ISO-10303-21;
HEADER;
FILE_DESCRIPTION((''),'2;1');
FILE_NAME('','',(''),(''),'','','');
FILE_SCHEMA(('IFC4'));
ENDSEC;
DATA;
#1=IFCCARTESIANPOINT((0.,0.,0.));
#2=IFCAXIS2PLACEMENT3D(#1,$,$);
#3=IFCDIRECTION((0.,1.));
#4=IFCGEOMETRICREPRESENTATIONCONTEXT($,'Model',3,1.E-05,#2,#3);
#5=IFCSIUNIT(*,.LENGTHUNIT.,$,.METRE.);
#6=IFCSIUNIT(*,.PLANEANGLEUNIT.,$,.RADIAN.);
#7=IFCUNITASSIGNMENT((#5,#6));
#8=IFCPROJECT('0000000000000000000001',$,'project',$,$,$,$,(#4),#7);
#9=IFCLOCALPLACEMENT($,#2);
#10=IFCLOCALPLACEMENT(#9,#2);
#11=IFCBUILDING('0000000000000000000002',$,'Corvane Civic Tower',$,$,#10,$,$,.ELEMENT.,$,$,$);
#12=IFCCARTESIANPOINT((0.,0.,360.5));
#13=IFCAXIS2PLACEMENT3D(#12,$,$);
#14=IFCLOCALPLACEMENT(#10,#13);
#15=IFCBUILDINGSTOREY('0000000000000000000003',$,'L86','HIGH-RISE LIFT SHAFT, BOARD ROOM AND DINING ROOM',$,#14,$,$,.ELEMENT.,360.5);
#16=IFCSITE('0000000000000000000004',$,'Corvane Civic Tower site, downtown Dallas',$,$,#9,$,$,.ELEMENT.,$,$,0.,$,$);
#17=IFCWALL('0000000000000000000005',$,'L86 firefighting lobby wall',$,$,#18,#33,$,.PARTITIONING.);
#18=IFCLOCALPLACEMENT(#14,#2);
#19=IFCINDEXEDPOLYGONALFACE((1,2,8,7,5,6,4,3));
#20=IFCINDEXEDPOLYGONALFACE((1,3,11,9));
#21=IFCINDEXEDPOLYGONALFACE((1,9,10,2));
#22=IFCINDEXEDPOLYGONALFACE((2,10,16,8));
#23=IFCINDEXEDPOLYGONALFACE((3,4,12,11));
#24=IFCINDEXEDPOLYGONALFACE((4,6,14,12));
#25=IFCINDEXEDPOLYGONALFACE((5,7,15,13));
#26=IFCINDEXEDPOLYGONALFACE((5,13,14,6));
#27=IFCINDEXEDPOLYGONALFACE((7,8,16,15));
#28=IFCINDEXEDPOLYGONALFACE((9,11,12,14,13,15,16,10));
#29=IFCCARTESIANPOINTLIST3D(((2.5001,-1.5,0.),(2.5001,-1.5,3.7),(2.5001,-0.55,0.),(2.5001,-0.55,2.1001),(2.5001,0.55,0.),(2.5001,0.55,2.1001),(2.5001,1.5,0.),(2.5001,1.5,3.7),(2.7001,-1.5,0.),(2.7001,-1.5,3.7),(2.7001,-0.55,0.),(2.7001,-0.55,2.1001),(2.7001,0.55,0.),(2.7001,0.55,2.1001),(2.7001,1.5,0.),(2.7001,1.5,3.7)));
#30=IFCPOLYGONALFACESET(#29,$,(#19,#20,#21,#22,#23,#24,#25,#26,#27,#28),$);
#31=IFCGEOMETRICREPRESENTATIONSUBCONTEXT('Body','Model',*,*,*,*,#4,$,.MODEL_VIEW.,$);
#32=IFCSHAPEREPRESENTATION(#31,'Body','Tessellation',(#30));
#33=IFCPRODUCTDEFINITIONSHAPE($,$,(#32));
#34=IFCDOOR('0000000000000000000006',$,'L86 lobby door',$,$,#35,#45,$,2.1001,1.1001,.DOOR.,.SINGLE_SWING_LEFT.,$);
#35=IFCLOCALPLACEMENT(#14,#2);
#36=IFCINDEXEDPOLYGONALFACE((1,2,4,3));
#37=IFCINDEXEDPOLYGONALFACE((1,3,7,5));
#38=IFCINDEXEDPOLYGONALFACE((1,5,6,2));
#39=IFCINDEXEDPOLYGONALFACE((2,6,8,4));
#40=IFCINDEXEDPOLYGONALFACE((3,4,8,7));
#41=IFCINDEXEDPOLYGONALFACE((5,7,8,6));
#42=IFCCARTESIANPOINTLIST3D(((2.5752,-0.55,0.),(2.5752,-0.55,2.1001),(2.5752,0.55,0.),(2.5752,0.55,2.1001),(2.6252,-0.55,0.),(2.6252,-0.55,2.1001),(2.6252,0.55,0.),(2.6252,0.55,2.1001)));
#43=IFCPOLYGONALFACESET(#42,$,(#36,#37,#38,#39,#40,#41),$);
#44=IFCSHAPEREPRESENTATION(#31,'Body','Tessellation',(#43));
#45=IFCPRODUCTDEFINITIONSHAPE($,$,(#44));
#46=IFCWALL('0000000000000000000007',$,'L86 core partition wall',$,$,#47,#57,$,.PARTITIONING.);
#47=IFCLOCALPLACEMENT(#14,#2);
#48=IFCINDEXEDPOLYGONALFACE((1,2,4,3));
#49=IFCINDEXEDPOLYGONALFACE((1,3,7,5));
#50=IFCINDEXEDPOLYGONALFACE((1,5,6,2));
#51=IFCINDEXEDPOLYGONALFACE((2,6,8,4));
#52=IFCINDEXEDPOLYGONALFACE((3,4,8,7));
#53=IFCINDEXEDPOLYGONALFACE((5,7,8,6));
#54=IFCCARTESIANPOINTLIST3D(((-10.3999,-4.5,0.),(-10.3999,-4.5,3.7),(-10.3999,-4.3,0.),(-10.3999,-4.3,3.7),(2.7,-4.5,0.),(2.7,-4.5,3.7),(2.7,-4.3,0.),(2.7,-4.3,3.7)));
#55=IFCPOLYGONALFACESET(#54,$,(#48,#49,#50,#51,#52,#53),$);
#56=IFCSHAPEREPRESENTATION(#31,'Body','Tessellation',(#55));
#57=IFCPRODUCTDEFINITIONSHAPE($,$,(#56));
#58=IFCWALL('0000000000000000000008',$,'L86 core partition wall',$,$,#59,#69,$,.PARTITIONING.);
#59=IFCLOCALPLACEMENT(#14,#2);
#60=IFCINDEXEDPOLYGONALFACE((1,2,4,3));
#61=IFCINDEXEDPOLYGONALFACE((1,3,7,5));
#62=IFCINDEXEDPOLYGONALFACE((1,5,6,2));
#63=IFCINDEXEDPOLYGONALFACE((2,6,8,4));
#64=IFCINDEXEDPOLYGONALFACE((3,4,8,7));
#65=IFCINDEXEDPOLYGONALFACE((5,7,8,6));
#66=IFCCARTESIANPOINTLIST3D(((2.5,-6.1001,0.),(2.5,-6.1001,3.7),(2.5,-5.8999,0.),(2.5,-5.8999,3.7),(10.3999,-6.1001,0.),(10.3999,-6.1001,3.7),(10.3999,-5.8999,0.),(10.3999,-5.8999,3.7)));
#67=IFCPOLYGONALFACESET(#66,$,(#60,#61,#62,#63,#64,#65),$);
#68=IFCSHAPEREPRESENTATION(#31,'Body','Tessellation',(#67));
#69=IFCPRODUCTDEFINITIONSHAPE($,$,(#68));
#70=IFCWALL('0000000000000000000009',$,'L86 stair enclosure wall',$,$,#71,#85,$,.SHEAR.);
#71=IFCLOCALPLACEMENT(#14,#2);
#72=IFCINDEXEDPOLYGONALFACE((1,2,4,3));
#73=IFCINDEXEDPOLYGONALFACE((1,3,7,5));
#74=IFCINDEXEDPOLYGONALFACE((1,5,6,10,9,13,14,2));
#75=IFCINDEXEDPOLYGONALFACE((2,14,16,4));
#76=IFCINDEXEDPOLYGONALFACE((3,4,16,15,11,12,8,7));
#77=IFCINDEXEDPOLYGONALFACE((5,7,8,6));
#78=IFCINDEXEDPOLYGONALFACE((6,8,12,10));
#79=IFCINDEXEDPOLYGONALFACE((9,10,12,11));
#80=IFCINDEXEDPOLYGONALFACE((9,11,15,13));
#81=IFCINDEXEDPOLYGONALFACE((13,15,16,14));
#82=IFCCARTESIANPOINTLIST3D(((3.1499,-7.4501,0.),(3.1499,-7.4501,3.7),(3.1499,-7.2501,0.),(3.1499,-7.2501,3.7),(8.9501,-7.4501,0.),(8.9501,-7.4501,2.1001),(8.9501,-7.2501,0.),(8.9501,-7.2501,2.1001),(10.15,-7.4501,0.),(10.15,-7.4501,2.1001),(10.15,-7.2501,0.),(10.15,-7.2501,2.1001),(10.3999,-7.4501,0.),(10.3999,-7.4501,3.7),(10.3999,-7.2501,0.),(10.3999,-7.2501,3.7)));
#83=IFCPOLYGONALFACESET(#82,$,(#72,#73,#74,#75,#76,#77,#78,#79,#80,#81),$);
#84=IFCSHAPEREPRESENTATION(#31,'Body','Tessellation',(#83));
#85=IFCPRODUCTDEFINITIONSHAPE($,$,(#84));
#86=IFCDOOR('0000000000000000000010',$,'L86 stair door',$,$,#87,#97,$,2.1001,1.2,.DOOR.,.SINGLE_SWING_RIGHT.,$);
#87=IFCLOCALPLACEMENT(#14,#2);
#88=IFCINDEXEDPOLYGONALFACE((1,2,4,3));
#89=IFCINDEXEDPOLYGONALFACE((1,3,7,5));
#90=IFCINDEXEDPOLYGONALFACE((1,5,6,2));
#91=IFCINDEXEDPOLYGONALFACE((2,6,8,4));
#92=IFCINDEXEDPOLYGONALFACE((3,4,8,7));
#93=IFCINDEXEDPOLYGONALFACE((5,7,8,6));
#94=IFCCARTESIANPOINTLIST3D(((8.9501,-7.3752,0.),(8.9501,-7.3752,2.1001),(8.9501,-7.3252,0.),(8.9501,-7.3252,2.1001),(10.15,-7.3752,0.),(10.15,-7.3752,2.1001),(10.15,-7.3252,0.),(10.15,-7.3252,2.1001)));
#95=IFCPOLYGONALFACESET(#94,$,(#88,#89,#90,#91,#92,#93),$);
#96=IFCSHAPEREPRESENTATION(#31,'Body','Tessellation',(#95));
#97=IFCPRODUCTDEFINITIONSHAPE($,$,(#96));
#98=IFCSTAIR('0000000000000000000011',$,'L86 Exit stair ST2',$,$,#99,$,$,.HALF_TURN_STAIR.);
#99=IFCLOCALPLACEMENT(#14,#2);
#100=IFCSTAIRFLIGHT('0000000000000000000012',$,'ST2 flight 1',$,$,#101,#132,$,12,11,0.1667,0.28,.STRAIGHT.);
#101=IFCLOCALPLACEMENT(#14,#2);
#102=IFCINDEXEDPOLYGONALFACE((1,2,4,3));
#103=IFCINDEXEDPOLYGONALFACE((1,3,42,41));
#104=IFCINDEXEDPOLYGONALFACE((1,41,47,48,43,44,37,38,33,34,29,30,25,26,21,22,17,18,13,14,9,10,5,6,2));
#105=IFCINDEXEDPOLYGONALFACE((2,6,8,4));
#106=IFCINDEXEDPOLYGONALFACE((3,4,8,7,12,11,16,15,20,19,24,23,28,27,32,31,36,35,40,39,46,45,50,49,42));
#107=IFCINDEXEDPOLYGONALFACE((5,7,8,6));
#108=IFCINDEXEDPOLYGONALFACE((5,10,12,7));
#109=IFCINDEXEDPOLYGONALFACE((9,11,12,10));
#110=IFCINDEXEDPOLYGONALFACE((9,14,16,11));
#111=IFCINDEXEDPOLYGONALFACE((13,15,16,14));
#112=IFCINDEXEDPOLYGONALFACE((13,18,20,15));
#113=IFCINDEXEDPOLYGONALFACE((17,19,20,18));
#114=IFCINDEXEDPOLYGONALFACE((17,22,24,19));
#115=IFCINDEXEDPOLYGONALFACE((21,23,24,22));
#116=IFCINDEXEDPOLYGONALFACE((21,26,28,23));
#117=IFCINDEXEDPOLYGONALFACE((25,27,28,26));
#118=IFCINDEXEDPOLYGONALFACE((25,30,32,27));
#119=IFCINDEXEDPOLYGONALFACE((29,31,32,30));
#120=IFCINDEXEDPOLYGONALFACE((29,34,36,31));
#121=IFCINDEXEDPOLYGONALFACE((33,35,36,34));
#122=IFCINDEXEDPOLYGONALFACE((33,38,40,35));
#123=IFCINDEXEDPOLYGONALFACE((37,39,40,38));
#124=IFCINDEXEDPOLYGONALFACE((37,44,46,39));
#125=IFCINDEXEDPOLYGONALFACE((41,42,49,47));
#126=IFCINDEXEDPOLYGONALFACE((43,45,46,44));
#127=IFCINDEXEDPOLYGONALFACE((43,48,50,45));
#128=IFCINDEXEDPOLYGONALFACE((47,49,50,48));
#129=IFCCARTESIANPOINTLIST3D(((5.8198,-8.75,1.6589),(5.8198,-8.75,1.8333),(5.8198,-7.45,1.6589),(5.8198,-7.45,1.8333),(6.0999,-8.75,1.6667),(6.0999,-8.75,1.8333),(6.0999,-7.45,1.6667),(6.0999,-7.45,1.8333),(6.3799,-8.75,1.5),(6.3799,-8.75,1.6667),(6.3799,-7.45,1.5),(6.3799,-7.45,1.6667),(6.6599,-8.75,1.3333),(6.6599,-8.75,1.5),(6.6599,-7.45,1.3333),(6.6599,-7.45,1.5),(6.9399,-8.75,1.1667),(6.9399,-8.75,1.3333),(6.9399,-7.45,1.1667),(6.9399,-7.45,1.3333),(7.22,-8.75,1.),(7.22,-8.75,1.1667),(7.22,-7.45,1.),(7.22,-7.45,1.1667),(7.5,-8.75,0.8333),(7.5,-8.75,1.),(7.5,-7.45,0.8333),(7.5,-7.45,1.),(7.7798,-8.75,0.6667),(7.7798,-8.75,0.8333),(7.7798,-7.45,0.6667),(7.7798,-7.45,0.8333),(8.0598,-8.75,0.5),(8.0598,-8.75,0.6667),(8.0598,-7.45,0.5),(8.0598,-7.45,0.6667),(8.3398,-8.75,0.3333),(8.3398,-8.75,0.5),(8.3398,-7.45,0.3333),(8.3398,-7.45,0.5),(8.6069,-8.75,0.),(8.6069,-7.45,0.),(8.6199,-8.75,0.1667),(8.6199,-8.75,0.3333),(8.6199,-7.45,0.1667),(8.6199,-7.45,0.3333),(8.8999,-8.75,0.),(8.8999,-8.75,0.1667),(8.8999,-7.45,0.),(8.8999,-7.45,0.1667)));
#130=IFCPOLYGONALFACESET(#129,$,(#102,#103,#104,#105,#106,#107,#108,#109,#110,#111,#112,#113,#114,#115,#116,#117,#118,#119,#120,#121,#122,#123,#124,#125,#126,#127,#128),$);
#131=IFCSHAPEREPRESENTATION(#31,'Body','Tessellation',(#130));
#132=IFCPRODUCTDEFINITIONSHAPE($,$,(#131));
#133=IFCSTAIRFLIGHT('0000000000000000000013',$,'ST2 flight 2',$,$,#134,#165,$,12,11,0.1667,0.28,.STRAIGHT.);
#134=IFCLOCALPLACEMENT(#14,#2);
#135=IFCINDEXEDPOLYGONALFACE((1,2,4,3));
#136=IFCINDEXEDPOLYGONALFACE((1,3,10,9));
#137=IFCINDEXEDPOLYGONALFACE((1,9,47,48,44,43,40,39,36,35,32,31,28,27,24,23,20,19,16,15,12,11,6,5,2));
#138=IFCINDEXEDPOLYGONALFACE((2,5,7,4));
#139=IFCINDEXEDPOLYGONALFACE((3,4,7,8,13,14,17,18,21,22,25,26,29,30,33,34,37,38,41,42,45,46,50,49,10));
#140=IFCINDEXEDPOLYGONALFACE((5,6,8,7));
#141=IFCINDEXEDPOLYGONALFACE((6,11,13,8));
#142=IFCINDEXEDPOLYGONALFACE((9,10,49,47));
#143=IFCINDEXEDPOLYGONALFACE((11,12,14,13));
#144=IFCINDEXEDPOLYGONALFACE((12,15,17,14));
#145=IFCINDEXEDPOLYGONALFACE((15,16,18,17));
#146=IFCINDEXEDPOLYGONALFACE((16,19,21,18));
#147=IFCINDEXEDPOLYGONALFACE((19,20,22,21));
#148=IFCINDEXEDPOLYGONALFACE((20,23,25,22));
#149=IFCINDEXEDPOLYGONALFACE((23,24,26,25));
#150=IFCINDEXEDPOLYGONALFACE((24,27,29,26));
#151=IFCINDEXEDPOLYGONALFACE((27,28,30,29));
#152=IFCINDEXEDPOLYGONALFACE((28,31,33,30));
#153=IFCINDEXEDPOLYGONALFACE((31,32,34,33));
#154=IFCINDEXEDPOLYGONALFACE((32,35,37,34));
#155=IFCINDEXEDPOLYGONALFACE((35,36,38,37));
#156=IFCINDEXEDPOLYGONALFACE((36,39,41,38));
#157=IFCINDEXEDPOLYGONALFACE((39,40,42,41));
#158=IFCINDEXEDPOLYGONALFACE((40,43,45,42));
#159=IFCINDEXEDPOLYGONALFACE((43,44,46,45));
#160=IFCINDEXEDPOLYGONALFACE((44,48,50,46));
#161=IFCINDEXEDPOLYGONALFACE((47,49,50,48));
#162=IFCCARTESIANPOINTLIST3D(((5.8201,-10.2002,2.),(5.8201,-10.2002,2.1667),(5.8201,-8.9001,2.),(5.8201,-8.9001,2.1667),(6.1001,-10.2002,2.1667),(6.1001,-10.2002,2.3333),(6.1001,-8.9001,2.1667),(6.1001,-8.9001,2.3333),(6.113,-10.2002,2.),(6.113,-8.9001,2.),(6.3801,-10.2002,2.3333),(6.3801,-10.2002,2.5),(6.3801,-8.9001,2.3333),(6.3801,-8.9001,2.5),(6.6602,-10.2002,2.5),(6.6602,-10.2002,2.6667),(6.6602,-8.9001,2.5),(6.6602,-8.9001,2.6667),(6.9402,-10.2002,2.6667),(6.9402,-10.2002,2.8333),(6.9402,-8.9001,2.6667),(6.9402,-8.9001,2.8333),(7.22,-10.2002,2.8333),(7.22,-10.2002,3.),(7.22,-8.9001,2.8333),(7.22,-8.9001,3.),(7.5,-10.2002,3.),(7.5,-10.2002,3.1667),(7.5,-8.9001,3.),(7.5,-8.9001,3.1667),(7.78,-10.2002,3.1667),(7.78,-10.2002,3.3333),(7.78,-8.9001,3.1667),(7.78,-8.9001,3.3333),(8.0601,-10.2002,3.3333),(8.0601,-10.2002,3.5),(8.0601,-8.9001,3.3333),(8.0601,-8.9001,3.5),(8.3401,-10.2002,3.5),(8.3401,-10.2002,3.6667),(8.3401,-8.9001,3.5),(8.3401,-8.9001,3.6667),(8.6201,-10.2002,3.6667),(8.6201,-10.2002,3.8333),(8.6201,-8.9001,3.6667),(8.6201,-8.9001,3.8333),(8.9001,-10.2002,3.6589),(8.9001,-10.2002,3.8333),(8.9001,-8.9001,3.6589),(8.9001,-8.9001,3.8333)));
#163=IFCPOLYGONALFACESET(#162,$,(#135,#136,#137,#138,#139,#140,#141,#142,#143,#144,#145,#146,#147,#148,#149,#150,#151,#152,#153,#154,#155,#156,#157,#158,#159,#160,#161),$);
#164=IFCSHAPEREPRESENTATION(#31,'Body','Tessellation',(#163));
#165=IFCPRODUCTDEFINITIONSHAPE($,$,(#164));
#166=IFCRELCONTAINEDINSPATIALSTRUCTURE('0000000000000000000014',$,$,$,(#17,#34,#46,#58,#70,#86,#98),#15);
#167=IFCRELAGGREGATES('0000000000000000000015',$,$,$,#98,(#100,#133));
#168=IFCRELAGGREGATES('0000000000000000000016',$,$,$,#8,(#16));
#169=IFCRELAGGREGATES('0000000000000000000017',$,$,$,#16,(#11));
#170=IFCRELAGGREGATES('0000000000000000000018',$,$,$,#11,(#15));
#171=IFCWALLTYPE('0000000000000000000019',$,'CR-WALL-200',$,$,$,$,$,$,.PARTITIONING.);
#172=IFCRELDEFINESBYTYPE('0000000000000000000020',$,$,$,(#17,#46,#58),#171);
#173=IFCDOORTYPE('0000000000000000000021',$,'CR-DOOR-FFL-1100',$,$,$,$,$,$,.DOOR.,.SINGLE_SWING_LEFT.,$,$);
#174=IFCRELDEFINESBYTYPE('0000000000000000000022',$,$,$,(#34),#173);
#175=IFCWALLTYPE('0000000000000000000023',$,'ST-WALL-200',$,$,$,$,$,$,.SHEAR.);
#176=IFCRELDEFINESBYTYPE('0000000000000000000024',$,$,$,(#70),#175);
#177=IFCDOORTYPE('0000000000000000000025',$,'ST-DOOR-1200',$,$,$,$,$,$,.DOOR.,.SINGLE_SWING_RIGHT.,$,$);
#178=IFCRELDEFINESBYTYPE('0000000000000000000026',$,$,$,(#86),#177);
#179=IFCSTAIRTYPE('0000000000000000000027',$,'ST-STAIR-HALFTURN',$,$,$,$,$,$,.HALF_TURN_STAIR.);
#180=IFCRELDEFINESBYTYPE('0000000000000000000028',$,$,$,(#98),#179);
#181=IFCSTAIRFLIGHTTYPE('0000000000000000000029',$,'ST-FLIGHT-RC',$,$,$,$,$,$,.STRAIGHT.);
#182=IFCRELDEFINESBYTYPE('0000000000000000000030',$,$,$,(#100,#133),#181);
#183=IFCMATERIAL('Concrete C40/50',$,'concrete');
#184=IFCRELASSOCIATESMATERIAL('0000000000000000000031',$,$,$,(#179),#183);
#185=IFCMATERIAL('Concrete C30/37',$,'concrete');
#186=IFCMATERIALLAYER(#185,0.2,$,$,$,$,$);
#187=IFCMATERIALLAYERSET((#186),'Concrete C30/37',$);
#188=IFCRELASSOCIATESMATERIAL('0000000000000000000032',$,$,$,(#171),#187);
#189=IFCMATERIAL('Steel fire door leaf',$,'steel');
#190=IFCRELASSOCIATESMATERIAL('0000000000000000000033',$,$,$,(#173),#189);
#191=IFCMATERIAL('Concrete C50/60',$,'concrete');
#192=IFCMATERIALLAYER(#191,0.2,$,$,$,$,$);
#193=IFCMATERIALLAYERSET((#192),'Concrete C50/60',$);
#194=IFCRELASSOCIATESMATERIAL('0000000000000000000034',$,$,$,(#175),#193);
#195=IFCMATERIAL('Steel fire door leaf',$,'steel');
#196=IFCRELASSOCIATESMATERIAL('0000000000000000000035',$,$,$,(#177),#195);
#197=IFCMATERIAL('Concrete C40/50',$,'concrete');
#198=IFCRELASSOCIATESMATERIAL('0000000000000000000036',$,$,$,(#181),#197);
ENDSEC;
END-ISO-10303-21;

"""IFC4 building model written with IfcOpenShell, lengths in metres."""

from ifc_helpers import new_model, si_unit, direction, frame, frame_2d, origin, place, context, subcontext, project, spatial, polyline, rectangle, outline, extrude, material, layer, layer_set, type_object, element, fill, aggregate, save


model = new_model("IFC4")

# Units and contexts
model_context = context("Model", 3, precision=1e-05, world=origin(), true_north=direction((0.0, 1.0)))
body_context = subcontext(model_context, "Body", "Model", "MODEL_VIEW")
ifc_project = project(units=[si_unit("LENGTHUNIT", "METRE"), si_unit("PLANEANGLEUNIT", "RADIAN")], contexts=[model_context])

# Site, building, storey
site_placement = place(None, origin())
site = spatial("IfcSite", under=ifc_project, at=site_placement, Name="Corvane Civic Tower site, downtown Dallas", CompositionType="ELEMENT", RefElevation=0.0)
building_placement = place(site_placement, origin())
building = spatial("IfcBuilding", under=site, at=building_placement, Name="Corvane Civic Tower", CompositionType="ELEMENT")
storey_placement = place(building_placement, frame((0.0, 0.0, 360.5)))
storey = spatial("IfcBuildingStorey", under=building, at=storey_placement, Name="L86", Description="HIGH-RISE LIFT SHAFT, BOARD ROOM AND DINING ROOM", CompositionType="ELEMENT", Elevation=360.5)

# Shared definitions
ifc_material_1 = material(Name="Concrete C40/50", Category="concrete")
stair_type = type_object("IfcStairType", Name="ST-STAIR-HALFTURN", PredefinedType="HALF_TURN_STAIR", material=ifc_material_1)

# Wall, opening, door
ifc_material_2 = material(Name="Concrete C30/37", Category="concrete")
ifc_layer_1 = layer(ifc_material_2, 0.2)
ifc_layer_set_1 = layer_set([ifc_layer_1], Name="Concrete C30/37")
wall_type_1 = type_object("IfcWallType", Name="CR-WALL-200", PredefinedType="PARTITIONING", material=ifc_layer_set_1)
wall_1_placement = place(storey_placement, frame((2.6001, -1.5, 0.0), z_axis=(0.0, 0.0, 1.0), x_axis=(0.0, 1.0, 0.0)))
wall_1 = element("IfcWall", 1, at=wall_1_placement, inside=storey, type_object=wall_type_1, Name="L86 firefighting lobby wall", PredefinedType="PARTITIONING", context=body_context, shape_type="SweptSolid", body=[
    extrude(rectangle(XDim=3.0, YDim=0.2, at=frame_2d((1.5, 0.0))), origin(), (0.0, 0.0, 1.0), 3.7),
])
opening_1_placement = place(wall_1_placement, frame((0.95, 0.0, 0.0)))
opening_1 = element("IfcOpeningElement", 2, at=opening_1_placement, cuts=wall_1, PredefinedType="OPENING", context=body_context, shape_type="SweptSolid", body=[
    extrude(rectangle(XDim=1.1001, YDim=2.1001, at=frame_2d((0.55, 1.05))), frame((0.0, 0.1099, 0.0), z_axis=(0.0, -1.0, 0.0), x_axis=(1.0, 0.0, 0.0)), (0.0, 0.0, 1.0), 0.22),
])
ifc_material_3 = material(Name="Steel fire door leaf", Category="steel")
door_type_1 = type_object("IfcDoorType", Name="CR-DOOR-FFL-1100", OperationType="SINGLE_SWING_LEFT", PredefinedType="DOOR", material=ifc_material_3)
door_1_placement = place(opening_1_placement, origin())
door_1 = element("IfcDoor", 3, at=door_1_placement, inside=storey, type_object=door_type_1, Name="L86 lobby door", OperationType="SINGLE_SWING_LEFT", OverallHeight=2.1001, OverallWidth=1.1001, PredefinedType="DOOR", context=body_context, shape_type="SweptSolid", body=[
    extrude(rectangle(XDim=1.1001, YDim=2.1001, at=frame_2d((0.55, 1.05))), frame((0.0, 0.0249, 0.0), z_axis=(0.0, -1.0, 0.0), x_axis=(1.0, 0.0, 0.0)), (0.0, 0.0, 1.0), 0.05),
])
fill(opening_1, door_1)

# Walls
wall_2_placement = place(storey_placement, origin())
element("IfcWall", 4, at=wall_2_placement, inside=storey, type_object=wall_type_1, Name="L86 core partition wall", PredefinedType="PARTITIONING", context=body_context, shape_type="SweptSolid", body=[
    extrude(outline(polyline([(2.7, -4.3), (2.7, -4.5), (-10.3999, -4.5), (-10.3999, -4.3), (2.7, -4.3)])), origin(), (0.0, 0.0, 1.0), 3.7),
])
wall_3_placement = place(storey_placement, origin())
element("IfcWall", 5, at=wall_3_placement, inside=storey, type_object=wall_type_1, Name="L86 core partition wall", PredefinedType="PARTITIONING", context=body_context, shape_type="SweptSolid", body=[
    extrude(outline(polyline([(10.3999, -6.1001), (2.5, -6.1001), (2.5, -5.8999), (10.3999, -5.8999), (10.3999, -6.1001)])), origin(), (0.0, 0.0, 1.0), 3.7),
])

# Wall, opening, door
ifc_material_4 = material(Name="Concrete C50/60", Category="concrete")
ifc_layer_2 = layer(ifc_material_4, 0.2)
ifc_layer_set_2 = layer_set([ifc_layer_2], Name="Concrete C50/60")
wall_type_2 = type_object("IfcWallType", Name="ST-WALL-200", PredefinedType="SHEAR", material=ifc_layer_set_2)
wall_4_placement = place(storey_placement, frame((3.1499, -7.3501, 0.0), z_axis=(0.0, 0.0, 1.0), x_axis=(1.0, 0.0, 0.0)))
wall_4 = element("IfcWall", 6, at=wall_4_placement, inside=storey, type_object=wall_type_2, Name="L86 stair enclosure wall", PredefinedType="SHEAR", context=body_context, shape_type="SweptSolid", body=[
    extrude(rectangle(XDim=7.25, YDim=0.2, at=frame_2d((3.625, 0.0))), origin(), (0.0, 0.0, 1.0), 3.7),
])
opening_2_placement = place(wall_4_placement, frame((5.8, 0.0, 0.0)))
opening_2 = element("IfcOpeningElement", 7, at=opening_2_placement, cuts=wall_4, PredefinedType="OPENING", context=body_context, shape_type="SweptSolid", body=[
    extrude(rectangle(XDim=1.2, YDim=2.1001, at=frame_2d((0.6001, 1.05))), frame((0.0, 0.1099, 0.0), z_axis=(0.0, -1.0, 0.0), x_axis=(1.0, 0.0, 0.0)), (0.0, 0.0, 1.0), 0.22),
])
ifc_material_5 = material(Name="Steel fire door leaf", Category="steel")
door_type_2 = type_object("IfcDoorType", Name="ST-DOOR-1200", OperationType="SINGLE_SWING_RIGHT", PredefinedType="DOOR", material=ifc_material_5)
door_2_placement = place(opening_2_placement, origin())
door_2 = element("IfcDoor", 8, at=door_2_placement, inside=storey, type_object=door_type_2, Name="L86 stair door", OperationType="SINGLE_SWING_RIGHT", OverallHeight=2.1001, OverallWidth=1.2, PredefinedType="DOOR", context=body_context, shape_type="SweptSolid", body=[
    extrude(rectangle(XDim=1.2, YDim=2.1001, at=frame_2d((0.6001, 1.05))), frame((0.0, 0.0249, 0.0), z_axis=(0.0, -1.0, 0.0), x_axis=(1.0, 0.0, 0.0)), (0.0, 0.0, 1.0), 0.05),
])
fill(opening_2, door_2)

# Stair, stair flights
stair_1_placement = place(storey_placement, origin())
stair_1 = element("IfcStair", 9, at=stair_1_placement, inside=storey, type_object=stair_type, Name="L86 Exit stair ST2", PredefinedType="HALF_TURN_STAIR")
ifc_material_6 = material(Name="Concrete C40/50", Category="concrete")
stair_flight_type = type_object("IfcStairFlightType", Name="ST-FLIGHT-RC", PredefinedType="STRAIGHT", material=ifc_material_6)
stair_flight_1_placement = place(storey_placement, frame((8.8999, -8.1001, 0.0), z_axis=(0.0, 0.0, 1.0), x_axis=(-1.0, 0.0, 0.0)))
stair_flight_1 = element("IfcStairFlight", 10, at=stair_flight_1_placement, type_object=stair_flight_type, Name="ST2 flight 1", NumberOfRisers=12, NumberOfTreads=11, PredefinedType="STRAIGHT", RiserHeight=0.1667, TreadLength=0.28, context=body_context, shape_type="SweptSolid", body=[
    extrude(outline(polyline([(0.0, 0.0), (0.0, 0.1667), (0.28, 0.1667), (0.28, 0.3333), (0.5601, 0.3333), (0.5601, 0.5), (0.8401, 0.5), (0.8401, 0.6667), (1.1201, 0.6667), (1.1201, 0.8333), (1.3999, 0.8333), (1.3999, 1.0), (1.6799, 1.0), (1.6799, 1.1667), (1.96, 1.1667), (1.96, 1.3333), (2.24, 1.3333), (2.24, 1.5), (2.52, 1.5), (2.52, 1.6667), (2.8, 1.6667), (2.8, 1.8333), (3.0801, 1.8333), (3.0801, 2.0), (3.0801, 1.6589), (0.293, 0.0), (0.0, 0.0)])), frame((0.0, 0.6499, 0.0), z_axis=(0.0, -1.0, 0.0), x_axis=(1.0, 0.0, 0.0)), (0.0, 0.0, 1.0), 1.3),
])
stair_flight_2_placement = place(storey_placement, frame((5.8201, -9.55, 2.0), z_axis=(0.0, 0.0, 1.0), x_axis=(1.0, 0.0, 0.0)))
stair_flight_2 = element("IfcStairFlight", 11, at=stair_flight_2_placement, type_object=stair_flight_type, Name="ST2 flight 2", NumberOfRisers=12, NumberOfTreads=11, PredefinedType="STRAIGHT", RiserHeight=0.1667, TreadLength=0.28, context=body_context, shape_type="SweptSolid", body=[
    extrude(outline(polyline([(0.0, 0.0), (0.0, 0.1667), (0.28, 0.1667), (0.28, 0.3333), (0.5601, 0.3333), (0.5601, 0.5), (0.8401, 0.5), (0.8401, 0.6667), (1.1201, 0.6667), (1.1201, 0.8333), (1.3999, 0.8333), (1.3999, 1.0), (1.6799, 1.0), (1.6799, 1.1667), (1.96, 1.1667), (1.96, 1.3333), (2.24, 1.3333), (2.24, 1.5), (2.52, 1.5), (2.52, 1.6667), (2.8, 1.6667), (2.8, 1.8333), (3.0801, 1.8333), (3.0801, 2.0), (3.0801, 1.6589), (0.293, 0.0), (0.0, 0.0)])), frame((0.0, 0.6499, 0.0), z_axis=(0.0, -1.0, 0.0), x_axis=(1.0, 0.0, 0.0)), (0.0, 0.0, 1.0), 1.3),
])
aggregate(stair_1, [stair_flight_1, stair_flight_2])

save(model, "model.ifc")
